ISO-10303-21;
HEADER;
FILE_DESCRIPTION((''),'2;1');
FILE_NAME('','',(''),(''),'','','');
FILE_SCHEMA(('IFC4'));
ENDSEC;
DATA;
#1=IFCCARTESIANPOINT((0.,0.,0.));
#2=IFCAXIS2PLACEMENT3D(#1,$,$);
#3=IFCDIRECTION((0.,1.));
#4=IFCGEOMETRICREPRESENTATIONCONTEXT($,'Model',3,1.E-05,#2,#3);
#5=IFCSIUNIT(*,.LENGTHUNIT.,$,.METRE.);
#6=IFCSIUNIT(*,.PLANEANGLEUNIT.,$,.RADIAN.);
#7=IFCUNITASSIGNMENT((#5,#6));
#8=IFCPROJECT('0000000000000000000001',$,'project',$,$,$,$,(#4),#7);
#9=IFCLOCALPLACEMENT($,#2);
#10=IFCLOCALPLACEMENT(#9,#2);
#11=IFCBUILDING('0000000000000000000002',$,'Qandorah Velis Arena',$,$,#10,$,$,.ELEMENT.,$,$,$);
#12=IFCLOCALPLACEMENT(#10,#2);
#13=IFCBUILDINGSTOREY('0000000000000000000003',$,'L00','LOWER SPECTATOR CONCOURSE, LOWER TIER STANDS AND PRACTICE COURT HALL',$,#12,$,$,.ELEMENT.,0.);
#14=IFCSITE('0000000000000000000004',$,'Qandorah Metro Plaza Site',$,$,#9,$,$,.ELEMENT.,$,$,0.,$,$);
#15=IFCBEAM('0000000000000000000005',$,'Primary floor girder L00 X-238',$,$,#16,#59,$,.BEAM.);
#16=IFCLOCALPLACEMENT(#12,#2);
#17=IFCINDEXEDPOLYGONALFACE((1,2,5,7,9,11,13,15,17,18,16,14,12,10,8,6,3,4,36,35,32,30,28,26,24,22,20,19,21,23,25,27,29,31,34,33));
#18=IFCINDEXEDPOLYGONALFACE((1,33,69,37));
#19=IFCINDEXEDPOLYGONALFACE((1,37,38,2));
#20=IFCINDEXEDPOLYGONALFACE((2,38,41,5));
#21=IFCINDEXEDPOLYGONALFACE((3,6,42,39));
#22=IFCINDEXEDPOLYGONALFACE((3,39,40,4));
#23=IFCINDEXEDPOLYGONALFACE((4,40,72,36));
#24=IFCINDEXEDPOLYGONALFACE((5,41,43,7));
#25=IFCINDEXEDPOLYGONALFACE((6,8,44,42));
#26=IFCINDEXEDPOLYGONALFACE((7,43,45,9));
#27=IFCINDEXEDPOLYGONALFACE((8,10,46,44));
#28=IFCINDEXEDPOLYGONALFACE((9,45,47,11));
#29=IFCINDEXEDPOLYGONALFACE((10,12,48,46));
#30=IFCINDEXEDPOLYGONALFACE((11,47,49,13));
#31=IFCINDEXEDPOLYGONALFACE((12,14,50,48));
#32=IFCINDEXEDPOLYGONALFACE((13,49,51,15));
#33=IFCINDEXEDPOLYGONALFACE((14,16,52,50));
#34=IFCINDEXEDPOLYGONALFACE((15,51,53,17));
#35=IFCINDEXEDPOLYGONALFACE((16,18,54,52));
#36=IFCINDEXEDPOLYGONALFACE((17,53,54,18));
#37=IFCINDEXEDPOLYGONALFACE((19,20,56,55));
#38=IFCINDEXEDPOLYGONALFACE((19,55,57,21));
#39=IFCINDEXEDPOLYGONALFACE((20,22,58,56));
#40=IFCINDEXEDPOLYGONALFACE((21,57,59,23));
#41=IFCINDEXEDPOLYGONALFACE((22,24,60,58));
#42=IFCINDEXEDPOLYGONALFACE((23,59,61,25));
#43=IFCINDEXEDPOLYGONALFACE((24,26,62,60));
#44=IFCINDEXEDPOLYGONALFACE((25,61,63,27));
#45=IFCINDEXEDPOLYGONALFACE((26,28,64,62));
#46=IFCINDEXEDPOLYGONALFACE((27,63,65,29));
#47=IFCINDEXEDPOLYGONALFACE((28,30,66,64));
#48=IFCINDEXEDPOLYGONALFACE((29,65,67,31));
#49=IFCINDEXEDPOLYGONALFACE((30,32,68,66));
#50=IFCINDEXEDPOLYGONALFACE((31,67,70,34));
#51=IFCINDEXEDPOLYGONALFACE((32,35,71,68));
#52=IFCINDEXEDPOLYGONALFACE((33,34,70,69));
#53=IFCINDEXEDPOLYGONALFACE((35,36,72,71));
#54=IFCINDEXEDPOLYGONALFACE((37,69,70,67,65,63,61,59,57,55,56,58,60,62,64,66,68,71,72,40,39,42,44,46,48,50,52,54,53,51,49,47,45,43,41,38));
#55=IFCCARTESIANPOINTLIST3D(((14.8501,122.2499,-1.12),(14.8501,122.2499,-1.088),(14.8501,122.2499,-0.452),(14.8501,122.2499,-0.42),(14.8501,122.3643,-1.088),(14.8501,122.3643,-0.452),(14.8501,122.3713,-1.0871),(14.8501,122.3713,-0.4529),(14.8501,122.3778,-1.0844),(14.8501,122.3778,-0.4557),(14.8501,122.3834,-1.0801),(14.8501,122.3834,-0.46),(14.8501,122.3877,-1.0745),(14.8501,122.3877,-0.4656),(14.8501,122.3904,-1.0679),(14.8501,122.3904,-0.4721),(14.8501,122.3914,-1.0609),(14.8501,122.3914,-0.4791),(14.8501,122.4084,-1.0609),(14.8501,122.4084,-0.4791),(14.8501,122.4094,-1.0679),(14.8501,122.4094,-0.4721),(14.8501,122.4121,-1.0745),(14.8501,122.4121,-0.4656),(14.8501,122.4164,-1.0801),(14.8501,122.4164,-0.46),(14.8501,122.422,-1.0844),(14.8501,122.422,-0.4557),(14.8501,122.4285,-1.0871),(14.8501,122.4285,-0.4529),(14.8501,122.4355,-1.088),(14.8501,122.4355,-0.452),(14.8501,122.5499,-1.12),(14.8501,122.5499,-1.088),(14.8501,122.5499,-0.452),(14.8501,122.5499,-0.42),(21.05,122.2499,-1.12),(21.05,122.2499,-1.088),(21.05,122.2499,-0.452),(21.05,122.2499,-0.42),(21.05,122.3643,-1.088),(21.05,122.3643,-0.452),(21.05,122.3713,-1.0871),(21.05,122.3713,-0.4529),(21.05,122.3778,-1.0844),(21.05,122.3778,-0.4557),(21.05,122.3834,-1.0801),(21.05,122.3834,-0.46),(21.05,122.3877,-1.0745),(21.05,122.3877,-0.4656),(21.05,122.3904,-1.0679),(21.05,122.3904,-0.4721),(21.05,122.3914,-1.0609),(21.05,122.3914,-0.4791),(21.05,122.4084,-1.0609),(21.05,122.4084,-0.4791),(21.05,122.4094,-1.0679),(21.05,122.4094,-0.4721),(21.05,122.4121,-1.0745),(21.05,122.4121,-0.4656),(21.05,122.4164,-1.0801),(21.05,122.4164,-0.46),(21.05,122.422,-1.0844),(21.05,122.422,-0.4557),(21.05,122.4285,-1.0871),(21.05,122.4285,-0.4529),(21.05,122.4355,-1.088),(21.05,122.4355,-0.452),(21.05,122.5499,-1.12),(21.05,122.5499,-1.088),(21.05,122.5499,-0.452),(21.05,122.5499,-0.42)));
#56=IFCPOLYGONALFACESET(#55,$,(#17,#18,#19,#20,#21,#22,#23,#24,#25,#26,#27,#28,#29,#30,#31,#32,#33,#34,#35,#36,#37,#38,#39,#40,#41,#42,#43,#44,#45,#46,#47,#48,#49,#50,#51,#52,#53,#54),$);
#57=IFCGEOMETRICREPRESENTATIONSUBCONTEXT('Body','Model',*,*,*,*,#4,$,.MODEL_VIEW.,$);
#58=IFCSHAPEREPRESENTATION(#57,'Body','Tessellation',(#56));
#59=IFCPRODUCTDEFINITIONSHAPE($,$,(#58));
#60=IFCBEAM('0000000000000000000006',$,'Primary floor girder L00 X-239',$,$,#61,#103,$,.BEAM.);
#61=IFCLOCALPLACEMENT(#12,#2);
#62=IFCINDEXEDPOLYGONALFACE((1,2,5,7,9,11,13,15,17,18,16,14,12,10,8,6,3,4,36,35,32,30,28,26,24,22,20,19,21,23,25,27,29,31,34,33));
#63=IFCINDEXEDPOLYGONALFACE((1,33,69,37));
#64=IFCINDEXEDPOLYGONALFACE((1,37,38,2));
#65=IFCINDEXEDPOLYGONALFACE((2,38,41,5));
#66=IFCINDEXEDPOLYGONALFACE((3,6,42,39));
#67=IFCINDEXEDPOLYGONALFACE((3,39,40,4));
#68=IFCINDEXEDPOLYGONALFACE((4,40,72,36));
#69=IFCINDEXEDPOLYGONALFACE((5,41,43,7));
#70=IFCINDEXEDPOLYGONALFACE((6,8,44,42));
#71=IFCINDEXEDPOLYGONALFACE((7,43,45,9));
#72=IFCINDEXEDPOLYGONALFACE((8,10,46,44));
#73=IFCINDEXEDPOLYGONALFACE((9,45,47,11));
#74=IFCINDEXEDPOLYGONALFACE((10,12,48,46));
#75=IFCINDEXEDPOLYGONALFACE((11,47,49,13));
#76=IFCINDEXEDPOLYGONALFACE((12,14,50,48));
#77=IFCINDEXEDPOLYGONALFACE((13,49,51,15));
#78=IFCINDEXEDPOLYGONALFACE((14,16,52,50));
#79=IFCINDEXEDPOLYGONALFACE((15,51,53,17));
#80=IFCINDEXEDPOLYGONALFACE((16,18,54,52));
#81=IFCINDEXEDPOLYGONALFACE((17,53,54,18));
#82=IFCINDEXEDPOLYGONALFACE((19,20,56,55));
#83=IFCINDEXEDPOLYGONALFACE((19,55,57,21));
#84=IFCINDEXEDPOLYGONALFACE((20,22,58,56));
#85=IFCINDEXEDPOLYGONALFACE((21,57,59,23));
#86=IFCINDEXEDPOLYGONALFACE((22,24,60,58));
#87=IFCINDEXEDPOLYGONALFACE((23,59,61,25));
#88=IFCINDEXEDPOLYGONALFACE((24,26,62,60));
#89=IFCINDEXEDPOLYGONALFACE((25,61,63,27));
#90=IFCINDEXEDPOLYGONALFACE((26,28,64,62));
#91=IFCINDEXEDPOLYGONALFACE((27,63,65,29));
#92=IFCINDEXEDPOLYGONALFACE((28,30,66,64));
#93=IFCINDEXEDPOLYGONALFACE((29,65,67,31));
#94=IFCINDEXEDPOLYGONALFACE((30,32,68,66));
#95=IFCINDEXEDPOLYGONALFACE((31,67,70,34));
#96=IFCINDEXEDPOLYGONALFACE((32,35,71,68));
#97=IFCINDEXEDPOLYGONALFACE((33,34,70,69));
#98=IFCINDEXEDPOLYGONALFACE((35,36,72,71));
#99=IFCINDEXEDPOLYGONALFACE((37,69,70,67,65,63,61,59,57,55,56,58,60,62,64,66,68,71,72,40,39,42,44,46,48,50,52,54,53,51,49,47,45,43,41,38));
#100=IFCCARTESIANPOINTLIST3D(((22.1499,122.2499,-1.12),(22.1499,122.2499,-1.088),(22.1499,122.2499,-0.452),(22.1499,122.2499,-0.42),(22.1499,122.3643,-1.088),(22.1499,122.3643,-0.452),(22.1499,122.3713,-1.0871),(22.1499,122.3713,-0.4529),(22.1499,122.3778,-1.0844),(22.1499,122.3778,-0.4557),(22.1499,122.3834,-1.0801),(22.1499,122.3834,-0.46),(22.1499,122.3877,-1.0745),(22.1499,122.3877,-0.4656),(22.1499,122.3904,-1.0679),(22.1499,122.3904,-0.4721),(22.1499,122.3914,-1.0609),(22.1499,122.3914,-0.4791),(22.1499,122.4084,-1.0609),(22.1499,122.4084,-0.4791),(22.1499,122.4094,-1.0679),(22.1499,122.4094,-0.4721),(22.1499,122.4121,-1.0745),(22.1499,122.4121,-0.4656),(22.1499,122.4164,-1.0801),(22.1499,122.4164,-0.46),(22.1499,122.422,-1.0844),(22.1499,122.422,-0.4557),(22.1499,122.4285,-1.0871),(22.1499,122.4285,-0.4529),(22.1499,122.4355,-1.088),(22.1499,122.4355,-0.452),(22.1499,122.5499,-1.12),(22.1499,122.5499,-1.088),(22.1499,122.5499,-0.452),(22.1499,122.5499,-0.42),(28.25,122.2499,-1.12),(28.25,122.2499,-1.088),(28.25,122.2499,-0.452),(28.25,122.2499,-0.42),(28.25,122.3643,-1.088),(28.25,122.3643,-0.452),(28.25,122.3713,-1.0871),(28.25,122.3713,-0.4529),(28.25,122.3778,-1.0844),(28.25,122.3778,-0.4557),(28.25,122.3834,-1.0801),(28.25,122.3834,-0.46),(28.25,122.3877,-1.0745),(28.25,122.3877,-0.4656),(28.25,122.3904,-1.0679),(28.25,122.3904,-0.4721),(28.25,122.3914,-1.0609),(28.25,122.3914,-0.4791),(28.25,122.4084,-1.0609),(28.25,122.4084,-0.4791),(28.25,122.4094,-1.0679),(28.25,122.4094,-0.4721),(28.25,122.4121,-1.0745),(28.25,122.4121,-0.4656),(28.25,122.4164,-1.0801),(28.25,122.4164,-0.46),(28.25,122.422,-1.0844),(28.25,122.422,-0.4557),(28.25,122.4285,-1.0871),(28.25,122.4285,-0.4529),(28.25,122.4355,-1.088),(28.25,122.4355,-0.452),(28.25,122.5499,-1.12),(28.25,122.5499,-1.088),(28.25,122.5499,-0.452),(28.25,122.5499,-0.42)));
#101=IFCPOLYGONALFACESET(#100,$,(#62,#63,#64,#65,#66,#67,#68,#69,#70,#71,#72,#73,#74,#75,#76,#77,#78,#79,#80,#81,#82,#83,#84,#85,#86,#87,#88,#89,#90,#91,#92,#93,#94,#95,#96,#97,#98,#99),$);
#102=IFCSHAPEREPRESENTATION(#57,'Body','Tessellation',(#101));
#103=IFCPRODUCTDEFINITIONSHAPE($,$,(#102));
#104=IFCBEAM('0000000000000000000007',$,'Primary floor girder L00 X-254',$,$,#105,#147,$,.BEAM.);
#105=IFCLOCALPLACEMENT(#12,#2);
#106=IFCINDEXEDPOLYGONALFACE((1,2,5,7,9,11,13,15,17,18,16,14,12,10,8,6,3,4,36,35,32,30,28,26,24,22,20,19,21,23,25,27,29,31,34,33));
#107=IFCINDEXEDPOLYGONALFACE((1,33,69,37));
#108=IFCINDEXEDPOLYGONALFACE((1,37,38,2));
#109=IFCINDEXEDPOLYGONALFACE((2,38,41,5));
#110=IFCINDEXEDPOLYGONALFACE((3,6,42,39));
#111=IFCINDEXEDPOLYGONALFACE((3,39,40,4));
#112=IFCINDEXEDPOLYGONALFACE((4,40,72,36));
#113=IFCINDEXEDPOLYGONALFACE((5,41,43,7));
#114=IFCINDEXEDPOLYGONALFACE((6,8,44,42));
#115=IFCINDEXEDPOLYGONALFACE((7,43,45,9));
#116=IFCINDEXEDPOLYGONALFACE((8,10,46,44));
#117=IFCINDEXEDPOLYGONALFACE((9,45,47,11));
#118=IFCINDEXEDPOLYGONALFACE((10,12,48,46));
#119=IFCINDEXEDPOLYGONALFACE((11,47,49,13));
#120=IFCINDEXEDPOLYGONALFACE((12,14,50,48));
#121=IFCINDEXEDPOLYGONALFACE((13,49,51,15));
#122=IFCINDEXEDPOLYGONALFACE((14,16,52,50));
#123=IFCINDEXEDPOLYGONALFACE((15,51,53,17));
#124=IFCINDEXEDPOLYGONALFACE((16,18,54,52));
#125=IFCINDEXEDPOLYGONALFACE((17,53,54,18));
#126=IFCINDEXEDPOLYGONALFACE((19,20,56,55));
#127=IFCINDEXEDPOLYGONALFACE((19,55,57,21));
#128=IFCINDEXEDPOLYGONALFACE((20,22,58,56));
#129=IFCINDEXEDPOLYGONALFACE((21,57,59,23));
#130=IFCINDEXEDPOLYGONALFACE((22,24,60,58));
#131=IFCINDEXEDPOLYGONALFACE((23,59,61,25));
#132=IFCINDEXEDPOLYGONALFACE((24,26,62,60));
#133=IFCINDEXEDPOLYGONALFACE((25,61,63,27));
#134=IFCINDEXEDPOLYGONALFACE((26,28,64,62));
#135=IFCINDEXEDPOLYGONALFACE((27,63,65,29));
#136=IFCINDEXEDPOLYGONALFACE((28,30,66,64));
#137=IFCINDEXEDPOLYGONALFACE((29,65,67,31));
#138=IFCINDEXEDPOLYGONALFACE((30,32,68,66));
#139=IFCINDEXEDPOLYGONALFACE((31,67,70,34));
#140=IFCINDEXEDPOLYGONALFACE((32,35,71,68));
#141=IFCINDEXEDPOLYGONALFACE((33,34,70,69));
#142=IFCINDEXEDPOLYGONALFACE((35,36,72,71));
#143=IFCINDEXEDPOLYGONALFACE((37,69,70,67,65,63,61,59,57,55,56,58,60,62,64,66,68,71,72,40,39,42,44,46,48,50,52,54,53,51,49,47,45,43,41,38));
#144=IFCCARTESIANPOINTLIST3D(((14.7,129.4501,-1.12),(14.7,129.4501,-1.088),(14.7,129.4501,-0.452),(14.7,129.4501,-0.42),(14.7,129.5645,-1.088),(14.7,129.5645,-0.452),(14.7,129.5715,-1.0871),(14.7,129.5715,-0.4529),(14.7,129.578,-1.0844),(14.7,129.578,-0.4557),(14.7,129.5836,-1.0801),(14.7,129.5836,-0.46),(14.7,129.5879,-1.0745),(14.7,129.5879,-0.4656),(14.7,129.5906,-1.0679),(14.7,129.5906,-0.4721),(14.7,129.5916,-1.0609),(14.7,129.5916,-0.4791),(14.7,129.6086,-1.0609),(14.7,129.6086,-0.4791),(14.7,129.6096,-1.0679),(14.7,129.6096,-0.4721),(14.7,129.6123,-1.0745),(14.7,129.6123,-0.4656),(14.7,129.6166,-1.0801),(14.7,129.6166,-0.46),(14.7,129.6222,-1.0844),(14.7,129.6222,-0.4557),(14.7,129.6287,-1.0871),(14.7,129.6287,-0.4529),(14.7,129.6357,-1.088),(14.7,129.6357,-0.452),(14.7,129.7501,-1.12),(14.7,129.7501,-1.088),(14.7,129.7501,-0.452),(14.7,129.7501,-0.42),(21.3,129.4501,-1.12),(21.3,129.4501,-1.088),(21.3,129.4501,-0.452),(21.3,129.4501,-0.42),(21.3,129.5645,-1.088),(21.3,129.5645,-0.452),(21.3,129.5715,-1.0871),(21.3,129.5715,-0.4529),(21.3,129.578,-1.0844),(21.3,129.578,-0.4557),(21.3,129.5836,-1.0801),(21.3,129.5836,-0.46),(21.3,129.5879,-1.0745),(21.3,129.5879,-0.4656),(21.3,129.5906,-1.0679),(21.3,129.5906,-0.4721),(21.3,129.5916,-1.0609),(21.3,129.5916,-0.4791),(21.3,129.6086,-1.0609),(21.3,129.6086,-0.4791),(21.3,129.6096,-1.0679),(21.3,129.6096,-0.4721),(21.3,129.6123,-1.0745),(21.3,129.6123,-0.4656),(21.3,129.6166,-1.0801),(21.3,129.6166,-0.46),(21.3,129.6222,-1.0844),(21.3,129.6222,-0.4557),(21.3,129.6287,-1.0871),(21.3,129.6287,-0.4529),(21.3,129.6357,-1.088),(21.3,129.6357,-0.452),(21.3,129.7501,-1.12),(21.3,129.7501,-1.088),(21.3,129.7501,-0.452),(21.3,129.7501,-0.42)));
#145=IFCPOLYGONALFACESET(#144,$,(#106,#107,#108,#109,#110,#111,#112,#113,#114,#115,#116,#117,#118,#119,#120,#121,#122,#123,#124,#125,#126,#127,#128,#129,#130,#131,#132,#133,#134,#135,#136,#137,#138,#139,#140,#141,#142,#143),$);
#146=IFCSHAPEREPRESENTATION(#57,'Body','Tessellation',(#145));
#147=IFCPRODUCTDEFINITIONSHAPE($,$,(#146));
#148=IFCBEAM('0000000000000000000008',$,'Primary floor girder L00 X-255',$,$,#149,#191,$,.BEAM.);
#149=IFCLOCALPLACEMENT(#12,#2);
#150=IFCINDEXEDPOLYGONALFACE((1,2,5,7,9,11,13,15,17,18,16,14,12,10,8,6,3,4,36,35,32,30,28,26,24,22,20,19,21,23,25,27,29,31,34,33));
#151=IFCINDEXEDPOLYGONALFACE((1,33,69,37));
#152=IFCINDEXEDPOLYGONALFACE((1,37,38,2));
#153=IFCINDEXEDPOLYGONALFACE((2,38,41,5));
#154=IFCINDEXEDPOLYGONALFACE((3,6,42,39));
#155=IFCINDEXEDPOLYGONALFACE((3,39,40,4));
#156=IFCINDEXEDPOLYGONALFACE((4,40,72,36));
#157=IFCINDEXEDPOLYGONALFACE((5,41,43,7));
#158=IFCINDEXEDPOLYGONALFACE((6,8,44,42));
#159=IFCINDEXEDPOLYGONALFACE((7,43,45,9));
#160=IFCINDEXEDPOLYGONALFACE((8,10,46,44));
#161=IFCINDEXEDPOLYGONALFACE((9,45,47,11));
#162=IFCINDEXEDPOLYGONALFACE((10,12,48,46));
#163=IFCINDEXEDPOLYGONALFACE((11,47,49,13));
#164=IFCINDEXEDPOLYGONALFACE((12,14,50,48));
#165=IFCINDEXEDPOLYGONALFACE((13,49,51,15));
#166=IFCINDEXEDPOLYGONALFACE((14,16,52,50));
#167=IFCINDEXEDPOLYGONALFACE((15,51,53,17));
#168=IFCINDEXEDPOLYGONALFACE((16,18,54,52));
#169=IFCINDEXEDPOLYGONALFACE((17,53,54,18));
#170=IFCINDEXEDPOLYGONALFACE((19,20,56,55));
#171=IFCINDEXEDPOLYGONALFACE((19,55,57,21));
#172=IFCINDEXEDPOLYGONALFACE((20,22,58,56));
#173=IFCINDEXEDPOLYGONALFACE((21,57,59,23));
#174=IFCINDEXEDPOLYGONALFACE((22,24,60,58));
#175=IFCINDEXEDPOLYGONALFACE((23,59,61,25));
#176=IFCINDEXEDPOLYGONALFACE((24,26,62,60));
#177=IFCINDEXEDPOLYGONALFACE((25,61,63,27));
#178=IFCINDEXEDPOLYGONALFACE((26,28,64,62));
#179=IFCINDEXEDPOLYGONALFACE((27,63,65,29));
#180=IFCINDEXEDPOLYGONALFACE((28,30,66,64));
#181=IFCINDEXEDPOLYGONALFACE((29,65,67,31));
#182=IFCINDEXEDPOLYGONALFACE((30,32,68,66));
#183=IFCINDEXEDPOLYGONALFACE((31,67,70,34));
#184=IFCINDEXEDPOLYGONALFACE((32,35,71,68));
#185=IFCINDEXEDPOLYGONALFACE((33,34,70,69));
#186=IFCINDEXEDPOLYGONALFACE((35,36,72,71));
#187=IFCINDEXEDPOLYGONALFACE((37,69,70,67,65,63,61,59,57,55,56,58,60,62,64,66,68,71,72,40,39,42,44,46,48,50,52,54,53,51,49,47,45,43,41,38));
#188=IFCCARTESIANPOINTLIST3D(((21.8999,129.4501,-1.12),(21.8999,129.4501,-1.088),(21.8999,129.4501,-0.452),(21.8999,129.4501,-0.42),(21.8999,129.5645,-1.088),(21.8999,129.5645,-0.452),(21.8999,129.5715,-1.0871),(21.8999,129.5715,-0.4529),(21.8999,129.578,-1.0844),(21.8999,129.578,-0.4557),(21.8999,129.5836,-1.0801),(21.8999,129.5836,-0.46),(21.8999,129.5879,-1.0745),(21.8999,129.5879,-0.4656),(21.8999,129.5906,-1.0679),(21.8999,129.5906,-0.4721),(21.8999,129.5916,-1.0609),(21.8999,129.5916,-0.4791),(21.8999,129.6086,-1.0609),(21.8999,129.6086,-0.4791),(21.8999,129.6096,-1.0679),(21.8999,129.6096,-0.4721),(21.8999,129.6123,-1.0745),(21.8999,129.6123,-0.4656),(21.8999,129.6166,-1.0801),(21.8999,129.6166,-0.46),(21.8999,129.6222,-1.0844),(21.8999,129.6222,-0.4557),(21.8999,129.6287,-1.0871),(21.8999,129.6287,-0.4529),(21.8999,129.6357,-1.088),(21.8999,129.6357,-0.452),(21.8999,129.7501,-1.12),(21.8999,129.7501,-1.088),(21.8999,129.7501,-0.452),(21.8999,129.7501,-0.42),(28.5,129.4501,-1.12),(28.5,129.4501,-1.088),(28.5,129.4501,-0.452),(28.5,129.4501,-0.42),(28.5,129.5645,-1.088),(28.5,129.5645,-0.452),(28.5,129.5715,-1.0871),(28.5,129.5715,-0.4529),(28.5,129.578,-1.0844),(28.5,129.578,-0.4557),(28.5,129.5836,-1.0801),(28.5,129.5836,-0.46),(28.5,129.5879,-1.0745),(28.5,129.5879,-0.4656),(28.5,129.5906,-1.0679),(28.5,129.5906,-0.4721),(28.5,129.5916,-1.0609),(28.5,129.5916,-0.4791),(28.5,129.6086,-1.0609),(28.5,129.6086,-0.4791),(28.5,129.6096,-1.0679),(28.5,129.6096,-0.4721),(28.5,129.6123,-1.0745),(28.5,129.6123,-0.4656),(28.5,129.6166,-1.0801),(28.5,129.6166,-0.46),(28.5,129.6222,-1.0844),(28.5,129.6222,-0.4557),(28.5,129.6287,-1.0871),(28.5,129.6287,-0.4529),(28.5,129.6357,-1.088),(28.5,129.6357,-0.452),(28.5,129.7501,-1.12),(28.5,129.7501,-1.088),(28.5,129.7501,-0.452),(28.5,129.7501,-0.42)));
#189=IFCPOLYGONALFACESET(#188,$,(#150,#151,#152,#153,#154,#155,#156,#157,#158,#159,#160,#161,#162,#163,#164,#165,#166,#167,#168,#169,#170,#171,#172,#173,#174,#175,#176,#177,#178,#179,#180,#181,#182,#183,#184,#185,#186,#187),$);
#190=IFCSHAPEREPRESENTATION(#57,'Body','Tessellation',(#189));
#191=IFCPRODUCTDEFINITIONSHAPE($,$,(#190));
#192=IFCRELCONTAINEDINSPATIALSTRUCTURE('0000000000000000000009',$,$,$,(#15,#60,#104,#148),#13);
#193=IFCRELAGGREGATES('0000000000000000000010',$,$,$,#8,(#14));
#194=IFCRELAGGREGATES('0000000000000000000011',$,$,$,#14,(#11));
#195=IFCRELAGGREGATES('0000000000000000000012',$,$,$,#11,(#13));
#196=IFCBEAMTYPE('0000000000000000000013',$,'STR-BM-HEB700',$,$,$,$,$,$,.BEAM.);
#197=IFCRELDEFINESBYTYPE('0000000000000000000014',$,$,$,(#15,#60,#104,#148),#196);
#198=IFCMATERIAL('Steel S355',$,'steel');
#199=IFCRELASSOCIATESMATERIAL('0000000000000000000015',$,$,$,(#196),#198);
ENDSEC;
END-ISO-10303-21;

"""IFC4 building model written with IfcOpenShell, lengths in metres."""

from ifc_helpers import new_model, si_unit, direction, frame, origin, origin_2d, place, context, subcontext, project, spatial, i_section, extrude, material, material_profile, profile_set, type_object, element, save


model = new_model("IFC4")

# Units and contexts
model_context = context("Model", 3, precision=1e-05, world=origin(), true_north=direction((0.0, 1.0)))
body_context = subcontext(model_context, "Body", "Model", "MODEL_VIEW")
ifc_project = project(units=[si_unit("LENGTHUNIT", "METRE"), si_unit("PLANEANGLEUNIT", "RADIAN")], contexts=[model_context])

# Site, building, storey
site_placement = place(None, origin())
site = spatial("IfcSite", under=ifc_project, at=site_placement, Name="Qandorah Metro Plaza Site", CompositionType="ELEMENT", RefElevation=0.0)
building_placement = place(site_placement, origin())
building = spatial("IfcBuilding", under=site, at=building_placement, Name="Qandorah Velis Arena", CompositionType="ELEMENT")
storey_placement = place(building_placement, origin())
storey = spatial("IfcBuildingStorey", under=building, at=storey_placement, Name="L00", Description="LOWER SPECTATOR CONCOURSE, LOWER TIER STANDS AND PRACTICE COURT HALL", CompositionType="ELEMENT", Elevation=0.0)

# Beams
ifc_material_1 = material(Name="Steel S355", Category="steel")
ifc_material_profile_1 = material_profile(ifc_material_1, i_section(OverallWidth=0.3, OverallDepth=0.7, WebThickness=0.0171, FlangeThickness=0.032, FilletRadius=0.0271, at=origin_2d()), Name="HEB 700")
ifc_profile_set_1 = profile_set([ifc_material_profile_1], Name="Steel S355")
beam_type_1 = type_object("IfcBeamType", Name="STR-BM-HEB700", PredefinedType="BEAM", material=ifc_profile_set_1)
beam_1_placement = place(storey_placement, frame((14.8501, 122.3999, -0.77), z_axis=(1.0, 0.0, 0.0), x_axis=(0.0, 1.0, 0.0)))
element("IfcBeam", 1, at=beam_1_placement, inside=storey, type_object=beam_type_1, Name="Primary floor girder L00 X-238", PredefinedType="BEAM", context=body_context, shape_type="SweptSolid", body=[
    extrude(i_section(OverallWidth=0.3, OverallDepth=0.7, WebThickness=0.0171, FlangeThickness=0.032, FilletRadius=0.0271, at=origin_2d()), origin(), (0.0, 0.0, 1.0), 6.2),
])
beam_2_placement = place(storey_placement, frame((22.1499, 122.3999, -0.77), z_axis=(1.0, 0.0, 0.0), x_axis=(0.0, 1.0, 0.0)))
element("IfcBeam", 2, at=beam_2_placement, inside=storey, type_object=beam_type_1, Name="Primary floor girder L00 X-239", PredefinedType="BEAM", context=body_context, shape_type="SweptSolid", body=[
    extrude(i_section(OverallWidth=0.3, OverallDepth=0.7, WebThickness=0.0171, FlangeThickness=0.032, FilletRadius=0.0271, at=origin_2d()), origin(), (0.0, 0.0, 1.0), 6.1001),
])
for number, where, z_axis, x_axis, name in (
    (3, (14.7, 129.6001, -0.77), (1.0, 0.0, 0.0), (0.0, 1.0, 0.0), "Primary floor girder L00 X-254"),
    (4, (21.8999, 129.6001, -0.77), (1.0, 0.0, 0.0), (0.0, 1.0, 0.0), "Primary floor girder L00 X-255"),
):
    element("IfcBeam", number, at=place(storey_placement, frame(where, z_axis=z_axis, x_axis=x_axis)), inside=storey, type_object=beam_type_1, Name=name, PredefinedType="BEAM", context=body_context, shape_type="SweptSolid", body=[
        extrude(i_section(OverallWidth=0.3, OverallDepth=0.7, WebThickness=0.0171, FlangeThickness=0.032, FilletRadius=0.0271, at=origin_2d()), origin(), (0.0, 0.0, 1.0), 6.6001),
    ])

save(model, "model.ifc")
